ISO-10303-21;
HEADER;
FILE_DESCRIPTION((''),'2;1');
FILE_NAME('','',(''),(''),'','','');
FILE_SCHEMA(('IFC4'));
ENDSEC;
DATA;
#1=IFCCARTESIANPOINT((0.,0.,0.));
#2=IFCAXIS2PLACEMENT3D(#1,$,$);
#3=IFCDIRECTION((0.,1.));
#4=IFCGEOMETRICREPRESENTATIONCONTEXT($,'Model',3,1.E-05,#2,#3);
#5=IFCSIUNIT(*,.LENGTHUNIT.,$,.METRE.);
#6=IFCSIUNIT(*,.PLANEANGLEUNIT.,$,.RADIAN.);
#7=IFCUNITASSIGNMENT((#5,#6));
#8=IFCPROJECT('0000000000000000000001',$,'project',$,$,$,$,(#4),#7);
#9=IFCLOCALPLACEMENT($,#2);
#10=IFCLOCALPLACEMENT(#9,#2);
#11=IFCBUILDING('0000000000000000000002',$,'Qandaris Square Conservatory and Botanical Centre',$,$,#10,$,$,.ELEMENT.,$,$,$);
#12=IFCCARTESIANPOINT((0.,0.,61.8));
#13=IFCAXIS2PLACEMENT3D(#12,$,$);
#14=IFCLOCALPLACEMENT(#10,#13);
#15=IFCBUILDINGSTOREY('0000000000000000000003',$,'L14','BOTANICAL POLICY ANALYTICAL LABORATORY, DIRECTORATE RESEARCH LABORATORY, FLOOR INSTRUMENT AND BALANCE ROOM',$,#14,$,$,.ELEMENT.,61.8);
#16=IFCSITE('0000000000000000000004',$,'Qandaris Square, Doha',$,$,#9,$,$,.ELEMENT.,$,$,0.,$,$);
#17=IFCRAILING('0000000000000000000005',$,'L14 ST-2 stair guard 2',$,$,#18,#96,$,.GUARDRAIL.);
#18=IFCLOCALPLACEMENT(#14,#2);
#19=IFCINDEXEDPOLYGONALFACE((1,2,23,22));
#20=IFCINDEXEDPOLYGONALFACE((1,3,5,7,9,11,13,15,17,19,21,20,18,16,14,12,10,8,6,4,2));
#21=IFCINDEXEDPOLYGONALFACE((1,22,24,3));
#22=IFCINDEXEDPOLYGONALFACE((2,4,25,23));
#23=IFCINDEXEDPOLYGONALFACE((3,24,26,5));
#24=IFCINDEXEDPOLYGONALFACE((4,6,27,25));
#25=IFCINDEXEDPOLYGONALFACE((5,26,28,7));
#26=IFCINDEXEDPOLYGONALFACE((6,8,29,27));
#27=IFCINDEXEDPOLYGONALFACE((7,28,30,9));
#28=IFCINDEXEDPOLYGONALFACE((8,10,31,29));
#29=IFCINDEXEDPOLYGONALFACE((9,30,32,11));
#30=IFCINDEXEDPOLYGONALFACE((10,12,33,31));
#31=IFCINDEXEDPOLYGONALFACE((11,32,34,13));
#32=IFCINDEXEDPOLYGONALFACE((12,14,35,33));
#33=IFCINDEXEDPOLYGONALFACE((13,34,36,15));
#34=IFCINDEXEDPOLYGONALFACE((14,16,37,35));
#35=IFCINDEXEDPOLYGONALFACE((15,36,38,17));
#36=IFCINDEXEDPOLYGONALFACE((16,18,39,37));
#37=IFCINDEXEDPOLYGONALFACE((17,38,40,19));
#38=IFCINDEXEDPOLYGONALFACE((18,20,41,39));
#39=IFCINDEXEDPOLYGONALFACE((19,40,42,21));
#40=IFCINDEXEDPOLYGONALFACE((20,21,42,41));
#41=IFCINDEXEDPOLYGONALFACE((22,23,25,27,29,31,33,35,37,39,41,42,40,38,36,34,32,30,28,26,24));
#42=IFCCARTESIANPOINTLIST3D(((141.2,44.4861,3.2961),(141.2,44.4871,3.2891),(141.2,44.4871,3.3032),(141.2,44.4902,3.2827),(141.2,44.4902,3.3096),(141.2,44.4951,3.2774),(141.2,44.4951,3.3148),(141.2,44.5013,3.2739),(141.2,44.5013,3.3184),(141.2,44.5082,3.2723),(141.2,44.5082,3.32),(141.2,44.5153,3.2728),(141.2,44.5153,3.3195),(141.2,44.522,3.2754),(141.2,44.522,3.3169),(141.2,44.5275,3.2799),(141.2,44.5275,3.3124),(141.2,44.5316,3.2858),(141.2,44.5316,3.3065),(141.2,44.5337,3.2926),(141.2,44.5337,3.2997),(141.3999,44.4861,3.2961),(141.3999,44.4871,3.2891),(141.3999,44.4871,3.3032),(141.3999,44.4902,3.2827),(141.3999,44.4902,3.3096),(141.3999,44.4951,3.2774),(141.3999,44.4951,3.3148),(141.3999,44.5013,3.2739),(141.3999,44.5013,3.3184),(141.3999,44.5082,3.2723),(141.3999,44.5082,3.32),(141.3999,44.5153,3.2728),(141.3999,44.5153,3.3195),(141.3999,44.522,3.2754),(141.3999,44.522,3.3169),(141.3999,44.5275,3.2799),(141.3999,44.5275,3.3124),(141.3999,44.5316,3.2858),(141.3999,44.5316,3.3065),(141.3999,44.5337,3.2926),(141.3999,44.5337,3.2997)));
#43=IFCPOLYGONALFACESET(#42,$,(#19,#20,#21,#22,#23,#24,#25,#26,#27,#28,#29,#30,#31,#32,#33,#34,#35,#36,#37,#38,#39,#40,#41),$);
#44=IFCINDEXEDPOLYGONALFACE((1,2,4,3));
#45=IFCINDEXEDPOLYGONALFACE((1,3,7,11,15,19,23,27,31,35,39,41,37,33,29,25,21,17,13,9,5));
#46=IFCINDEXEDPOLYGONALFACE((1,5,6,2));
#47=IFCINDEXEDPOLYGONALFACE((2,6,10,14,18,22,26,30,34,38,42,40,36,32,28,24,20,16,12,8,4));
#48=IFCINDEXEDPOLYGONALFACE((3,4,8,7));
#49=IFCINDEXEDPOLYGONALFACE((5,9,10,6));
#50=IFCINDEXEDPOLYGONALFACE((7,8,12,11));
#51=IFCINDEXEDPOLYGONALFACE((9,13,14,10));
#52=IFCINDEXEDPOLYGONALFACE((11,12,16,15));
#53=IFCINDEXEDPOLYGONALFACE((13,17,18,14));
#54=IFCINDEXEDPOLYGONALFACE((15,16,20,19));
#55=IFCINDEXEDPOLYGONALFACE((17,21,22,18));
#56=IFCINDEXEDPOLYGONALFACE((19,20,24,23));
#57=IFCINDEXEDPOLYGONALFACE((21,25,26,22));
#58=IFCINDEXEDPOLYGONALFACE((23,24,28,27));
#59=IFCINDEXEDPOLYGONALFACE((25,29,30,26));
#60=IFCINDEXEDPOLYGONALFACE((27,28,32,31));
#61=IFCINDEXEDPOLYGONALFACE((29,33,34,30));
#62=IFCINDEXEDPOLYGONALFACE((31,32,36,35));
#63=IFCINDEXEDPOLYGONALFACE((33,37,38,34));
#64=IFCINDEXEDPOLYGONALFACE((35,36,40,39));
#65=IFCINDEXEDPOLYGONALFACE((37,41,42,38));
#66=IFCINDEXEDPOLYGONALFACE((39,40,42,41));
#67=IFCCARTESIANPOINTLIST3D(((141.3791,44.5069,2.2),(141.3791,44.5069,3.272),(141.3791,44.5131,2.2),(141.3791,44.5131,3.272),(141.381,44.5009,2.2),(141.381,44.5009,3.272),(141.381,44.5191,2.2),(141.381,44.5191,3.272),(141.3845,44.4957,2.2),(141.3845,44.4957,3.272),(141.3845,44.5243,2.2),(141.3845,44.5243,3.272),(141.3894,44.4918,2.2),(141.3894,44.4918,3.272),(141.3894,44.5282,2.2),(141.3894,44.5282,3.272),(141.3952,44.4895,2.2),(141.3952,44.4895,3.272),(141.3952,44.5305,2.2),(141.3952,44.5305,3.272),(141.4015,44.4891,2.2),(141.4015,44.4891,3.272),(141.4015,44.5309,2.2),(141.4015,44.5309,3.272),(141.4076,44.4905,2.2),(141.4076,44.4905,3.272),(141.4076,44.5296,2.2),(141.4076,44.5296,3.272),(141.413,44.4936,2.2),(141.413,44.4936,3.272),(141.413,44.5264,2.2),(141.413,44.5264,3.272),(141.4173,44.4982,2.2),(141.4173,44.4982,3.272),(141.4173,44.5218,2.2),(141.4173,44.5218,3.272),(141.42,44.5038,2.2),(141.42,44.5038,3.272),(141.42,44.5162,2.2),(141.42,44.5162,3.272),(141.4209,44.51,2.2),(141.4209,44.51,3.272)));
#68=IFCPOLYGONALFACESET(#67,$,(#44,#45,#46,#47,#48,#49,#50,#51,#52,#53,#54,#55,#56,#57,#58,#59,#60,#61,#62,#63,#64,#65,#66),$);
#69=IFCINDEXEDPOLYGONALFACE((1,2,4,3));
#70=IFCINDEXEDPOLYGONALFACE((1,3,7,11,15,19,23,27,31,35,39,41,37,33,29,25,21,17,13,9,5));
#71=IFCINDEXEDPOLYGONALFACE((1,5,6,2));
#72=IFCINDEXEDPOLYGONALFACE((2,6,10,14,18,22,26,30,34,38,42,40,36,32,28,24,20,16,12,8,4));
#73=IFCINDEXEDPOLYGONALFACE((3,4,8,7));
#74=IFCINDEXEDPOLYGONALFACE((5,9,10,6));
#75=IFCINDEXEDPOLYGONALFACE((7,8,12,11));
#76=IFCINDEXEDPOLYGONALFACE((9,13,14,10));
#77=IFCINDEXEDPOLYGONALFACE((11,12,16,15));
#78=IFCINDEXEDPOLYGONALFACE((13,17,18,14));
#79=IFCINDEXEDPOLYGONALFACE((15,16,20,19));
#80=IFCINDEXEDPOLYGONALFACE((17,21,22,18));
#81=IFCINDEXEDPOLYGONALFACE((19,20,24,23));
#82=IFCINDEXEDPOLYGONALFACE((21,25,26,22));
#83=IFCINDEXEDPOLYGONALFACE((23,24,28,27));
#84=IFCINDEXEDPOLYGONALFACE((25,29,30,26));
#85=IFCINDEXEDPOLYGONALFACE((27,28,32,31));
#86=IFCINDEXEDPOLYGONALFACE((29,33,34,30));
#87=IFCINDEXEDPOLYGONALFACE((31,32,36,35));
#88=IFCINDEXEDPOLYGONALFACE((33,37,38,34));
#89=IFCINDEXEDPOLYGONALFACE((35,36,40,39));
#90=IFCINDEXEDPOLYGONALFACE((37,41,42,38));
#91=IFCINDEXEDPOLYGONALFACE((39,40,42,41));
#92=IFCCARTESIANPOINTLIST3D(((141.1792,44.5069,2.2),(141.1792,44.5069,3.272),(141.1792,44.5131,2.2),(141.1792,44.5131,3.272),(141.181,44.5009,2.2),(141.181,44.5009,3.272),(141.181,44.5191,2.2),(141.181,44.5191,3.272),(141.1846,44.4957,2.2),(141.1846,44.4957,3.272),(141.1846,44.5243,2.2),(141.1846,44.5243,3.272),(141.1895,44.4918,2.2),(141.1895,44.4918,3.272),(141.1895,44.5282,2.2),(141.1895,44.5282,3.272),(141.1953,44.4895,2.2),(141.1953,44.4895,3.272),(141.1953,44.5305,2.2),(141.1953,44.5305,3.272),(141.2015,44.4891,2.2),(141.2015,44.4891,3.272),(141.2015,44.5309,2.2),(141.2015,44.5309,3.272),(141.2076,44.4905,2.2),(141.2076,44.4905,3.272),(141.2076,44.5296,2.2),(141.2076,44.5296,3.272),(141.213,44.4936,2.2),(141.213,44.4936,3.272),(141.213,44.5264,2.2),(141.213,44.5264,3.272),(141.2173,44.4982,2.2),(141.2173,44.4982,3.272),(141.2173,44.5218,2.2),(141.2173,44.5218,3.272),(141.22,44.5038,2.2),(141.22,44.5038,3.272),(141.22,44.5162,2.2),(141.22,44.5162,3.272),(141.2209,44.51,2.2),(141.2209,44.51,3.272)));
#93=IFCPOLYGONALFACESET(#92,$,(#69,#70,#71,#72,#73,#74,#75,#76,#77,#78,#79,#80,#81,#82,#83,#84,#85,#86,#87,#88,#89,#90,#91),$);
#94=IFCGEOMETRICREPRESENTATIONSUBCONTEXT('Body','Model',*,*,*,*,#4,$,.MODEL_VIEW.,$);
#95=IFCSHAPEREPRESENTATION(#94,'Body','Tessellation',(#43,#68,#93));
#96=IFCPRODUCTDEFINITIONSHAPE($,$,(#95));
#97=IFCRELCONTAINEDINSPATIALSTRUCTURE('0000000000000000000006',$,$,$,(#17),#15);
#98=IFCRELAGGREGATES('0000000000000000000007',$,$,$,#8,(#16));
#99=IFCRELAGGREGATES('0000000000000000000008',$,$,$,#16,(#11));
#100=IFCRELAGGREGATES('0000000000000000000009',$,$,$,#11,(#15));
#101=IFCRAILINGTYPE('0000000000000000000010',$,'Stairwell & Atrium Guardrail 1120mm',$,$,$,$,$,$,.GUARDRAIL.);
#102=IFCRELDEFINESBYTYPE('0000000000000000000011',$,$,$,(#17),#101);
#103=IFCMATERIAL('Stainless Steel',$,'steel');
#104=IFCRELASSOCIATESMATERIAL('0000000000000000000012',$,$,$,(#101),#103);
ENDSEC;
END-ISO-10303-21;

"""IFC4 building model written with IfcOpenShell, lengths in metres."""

from ifc_helpers import new_model, si_unit, direction, frame, origin, origin_2d, place, context, subcontext, project, spatial, circle, extrude, material, type_object, element, save


model = new_model("IFC4")

# Units and contexts
model_context = context("Model", 3, precision=1e-05, world=origin(), true_north=direction((0.0, 1.0)))
body_context = subcontext(model_context, "Body", "Model", "MODEL_VIEW")
ifc_project = project(units=[si_unit("LENGTHUNIT", "METRE"), si_unit("PLANEANGLEUNIT", "RADIAN")], contexts=[model_context])

# Site, building, storey
site_placement = place(None, origin())
site = spatial("IfcSite", under=ifc_project, at=site_placement, Name="Qandaris Square, Doha", CompositionType="ELEMENT", RefElevation=0.0)
building_placement = place(site_placement, origin())
building = spatial("IfcBuilding", under=site, at=building_placement, Name="Qandaris Square Conservatory and Botanical Centre", CompositionType="ELEMENT")
storey_placement = place(building_placement, frame((0.0, 0.0, 61.8)))
storey = spatial("IfcBuildingStorey", under=building, at=storey_placement, Name="L14", Description="BOTANICAL POLICY ANALYTICAL LABORATORY, DIRECTORATE RESEARCH LABORATORY, FLOOR INSTRUMENT AND BALANCE ROOM", CompositionType="ELEMENT", Elevation=61.8)

# Railing
ifc_material_1 = material(Name="Stainless Steel", Category="steel")
railing_type_1 = type_object("IfcRailingType", Name="Stairwell & Atrium Guardrail 1120mm", PredefinedType="GUARDRAIL", material=ifc_material_1)
railing_1_placement = place(storey_placement, frame((141.3999, 44.51, 2.2)))
element("IfcRailing", 1, at=railing_1_placement, inside=storey, type_object=railing_type_1, Name="L14 ST-2 stair guard 2", PredefinedType="GUARDRAIL", context=body_context, shape_type="SweptSolid", body=[
    extrude(circle(Radius=0.0239, at=origin_2d()), frame((0.0, 0.0, 1.0962), z_axis=(-1.0, 0.0, 0.0), x_axis=(0.0, -1.0, 0.0)), (0.0, 0.0, 1.0), 0.2),
    extrude(circle(Radius=0.021, at=origin_2d()), origin(), (0.0, 0.0, 1.0), 1.072),
    extrude(circle(Radius=0.021, at=origin_2d()), frame((-0.2, 0.0, 0.0)), (0.0, 0.0, 1.0), 1.072),
])

save(model, "model.ifc")
